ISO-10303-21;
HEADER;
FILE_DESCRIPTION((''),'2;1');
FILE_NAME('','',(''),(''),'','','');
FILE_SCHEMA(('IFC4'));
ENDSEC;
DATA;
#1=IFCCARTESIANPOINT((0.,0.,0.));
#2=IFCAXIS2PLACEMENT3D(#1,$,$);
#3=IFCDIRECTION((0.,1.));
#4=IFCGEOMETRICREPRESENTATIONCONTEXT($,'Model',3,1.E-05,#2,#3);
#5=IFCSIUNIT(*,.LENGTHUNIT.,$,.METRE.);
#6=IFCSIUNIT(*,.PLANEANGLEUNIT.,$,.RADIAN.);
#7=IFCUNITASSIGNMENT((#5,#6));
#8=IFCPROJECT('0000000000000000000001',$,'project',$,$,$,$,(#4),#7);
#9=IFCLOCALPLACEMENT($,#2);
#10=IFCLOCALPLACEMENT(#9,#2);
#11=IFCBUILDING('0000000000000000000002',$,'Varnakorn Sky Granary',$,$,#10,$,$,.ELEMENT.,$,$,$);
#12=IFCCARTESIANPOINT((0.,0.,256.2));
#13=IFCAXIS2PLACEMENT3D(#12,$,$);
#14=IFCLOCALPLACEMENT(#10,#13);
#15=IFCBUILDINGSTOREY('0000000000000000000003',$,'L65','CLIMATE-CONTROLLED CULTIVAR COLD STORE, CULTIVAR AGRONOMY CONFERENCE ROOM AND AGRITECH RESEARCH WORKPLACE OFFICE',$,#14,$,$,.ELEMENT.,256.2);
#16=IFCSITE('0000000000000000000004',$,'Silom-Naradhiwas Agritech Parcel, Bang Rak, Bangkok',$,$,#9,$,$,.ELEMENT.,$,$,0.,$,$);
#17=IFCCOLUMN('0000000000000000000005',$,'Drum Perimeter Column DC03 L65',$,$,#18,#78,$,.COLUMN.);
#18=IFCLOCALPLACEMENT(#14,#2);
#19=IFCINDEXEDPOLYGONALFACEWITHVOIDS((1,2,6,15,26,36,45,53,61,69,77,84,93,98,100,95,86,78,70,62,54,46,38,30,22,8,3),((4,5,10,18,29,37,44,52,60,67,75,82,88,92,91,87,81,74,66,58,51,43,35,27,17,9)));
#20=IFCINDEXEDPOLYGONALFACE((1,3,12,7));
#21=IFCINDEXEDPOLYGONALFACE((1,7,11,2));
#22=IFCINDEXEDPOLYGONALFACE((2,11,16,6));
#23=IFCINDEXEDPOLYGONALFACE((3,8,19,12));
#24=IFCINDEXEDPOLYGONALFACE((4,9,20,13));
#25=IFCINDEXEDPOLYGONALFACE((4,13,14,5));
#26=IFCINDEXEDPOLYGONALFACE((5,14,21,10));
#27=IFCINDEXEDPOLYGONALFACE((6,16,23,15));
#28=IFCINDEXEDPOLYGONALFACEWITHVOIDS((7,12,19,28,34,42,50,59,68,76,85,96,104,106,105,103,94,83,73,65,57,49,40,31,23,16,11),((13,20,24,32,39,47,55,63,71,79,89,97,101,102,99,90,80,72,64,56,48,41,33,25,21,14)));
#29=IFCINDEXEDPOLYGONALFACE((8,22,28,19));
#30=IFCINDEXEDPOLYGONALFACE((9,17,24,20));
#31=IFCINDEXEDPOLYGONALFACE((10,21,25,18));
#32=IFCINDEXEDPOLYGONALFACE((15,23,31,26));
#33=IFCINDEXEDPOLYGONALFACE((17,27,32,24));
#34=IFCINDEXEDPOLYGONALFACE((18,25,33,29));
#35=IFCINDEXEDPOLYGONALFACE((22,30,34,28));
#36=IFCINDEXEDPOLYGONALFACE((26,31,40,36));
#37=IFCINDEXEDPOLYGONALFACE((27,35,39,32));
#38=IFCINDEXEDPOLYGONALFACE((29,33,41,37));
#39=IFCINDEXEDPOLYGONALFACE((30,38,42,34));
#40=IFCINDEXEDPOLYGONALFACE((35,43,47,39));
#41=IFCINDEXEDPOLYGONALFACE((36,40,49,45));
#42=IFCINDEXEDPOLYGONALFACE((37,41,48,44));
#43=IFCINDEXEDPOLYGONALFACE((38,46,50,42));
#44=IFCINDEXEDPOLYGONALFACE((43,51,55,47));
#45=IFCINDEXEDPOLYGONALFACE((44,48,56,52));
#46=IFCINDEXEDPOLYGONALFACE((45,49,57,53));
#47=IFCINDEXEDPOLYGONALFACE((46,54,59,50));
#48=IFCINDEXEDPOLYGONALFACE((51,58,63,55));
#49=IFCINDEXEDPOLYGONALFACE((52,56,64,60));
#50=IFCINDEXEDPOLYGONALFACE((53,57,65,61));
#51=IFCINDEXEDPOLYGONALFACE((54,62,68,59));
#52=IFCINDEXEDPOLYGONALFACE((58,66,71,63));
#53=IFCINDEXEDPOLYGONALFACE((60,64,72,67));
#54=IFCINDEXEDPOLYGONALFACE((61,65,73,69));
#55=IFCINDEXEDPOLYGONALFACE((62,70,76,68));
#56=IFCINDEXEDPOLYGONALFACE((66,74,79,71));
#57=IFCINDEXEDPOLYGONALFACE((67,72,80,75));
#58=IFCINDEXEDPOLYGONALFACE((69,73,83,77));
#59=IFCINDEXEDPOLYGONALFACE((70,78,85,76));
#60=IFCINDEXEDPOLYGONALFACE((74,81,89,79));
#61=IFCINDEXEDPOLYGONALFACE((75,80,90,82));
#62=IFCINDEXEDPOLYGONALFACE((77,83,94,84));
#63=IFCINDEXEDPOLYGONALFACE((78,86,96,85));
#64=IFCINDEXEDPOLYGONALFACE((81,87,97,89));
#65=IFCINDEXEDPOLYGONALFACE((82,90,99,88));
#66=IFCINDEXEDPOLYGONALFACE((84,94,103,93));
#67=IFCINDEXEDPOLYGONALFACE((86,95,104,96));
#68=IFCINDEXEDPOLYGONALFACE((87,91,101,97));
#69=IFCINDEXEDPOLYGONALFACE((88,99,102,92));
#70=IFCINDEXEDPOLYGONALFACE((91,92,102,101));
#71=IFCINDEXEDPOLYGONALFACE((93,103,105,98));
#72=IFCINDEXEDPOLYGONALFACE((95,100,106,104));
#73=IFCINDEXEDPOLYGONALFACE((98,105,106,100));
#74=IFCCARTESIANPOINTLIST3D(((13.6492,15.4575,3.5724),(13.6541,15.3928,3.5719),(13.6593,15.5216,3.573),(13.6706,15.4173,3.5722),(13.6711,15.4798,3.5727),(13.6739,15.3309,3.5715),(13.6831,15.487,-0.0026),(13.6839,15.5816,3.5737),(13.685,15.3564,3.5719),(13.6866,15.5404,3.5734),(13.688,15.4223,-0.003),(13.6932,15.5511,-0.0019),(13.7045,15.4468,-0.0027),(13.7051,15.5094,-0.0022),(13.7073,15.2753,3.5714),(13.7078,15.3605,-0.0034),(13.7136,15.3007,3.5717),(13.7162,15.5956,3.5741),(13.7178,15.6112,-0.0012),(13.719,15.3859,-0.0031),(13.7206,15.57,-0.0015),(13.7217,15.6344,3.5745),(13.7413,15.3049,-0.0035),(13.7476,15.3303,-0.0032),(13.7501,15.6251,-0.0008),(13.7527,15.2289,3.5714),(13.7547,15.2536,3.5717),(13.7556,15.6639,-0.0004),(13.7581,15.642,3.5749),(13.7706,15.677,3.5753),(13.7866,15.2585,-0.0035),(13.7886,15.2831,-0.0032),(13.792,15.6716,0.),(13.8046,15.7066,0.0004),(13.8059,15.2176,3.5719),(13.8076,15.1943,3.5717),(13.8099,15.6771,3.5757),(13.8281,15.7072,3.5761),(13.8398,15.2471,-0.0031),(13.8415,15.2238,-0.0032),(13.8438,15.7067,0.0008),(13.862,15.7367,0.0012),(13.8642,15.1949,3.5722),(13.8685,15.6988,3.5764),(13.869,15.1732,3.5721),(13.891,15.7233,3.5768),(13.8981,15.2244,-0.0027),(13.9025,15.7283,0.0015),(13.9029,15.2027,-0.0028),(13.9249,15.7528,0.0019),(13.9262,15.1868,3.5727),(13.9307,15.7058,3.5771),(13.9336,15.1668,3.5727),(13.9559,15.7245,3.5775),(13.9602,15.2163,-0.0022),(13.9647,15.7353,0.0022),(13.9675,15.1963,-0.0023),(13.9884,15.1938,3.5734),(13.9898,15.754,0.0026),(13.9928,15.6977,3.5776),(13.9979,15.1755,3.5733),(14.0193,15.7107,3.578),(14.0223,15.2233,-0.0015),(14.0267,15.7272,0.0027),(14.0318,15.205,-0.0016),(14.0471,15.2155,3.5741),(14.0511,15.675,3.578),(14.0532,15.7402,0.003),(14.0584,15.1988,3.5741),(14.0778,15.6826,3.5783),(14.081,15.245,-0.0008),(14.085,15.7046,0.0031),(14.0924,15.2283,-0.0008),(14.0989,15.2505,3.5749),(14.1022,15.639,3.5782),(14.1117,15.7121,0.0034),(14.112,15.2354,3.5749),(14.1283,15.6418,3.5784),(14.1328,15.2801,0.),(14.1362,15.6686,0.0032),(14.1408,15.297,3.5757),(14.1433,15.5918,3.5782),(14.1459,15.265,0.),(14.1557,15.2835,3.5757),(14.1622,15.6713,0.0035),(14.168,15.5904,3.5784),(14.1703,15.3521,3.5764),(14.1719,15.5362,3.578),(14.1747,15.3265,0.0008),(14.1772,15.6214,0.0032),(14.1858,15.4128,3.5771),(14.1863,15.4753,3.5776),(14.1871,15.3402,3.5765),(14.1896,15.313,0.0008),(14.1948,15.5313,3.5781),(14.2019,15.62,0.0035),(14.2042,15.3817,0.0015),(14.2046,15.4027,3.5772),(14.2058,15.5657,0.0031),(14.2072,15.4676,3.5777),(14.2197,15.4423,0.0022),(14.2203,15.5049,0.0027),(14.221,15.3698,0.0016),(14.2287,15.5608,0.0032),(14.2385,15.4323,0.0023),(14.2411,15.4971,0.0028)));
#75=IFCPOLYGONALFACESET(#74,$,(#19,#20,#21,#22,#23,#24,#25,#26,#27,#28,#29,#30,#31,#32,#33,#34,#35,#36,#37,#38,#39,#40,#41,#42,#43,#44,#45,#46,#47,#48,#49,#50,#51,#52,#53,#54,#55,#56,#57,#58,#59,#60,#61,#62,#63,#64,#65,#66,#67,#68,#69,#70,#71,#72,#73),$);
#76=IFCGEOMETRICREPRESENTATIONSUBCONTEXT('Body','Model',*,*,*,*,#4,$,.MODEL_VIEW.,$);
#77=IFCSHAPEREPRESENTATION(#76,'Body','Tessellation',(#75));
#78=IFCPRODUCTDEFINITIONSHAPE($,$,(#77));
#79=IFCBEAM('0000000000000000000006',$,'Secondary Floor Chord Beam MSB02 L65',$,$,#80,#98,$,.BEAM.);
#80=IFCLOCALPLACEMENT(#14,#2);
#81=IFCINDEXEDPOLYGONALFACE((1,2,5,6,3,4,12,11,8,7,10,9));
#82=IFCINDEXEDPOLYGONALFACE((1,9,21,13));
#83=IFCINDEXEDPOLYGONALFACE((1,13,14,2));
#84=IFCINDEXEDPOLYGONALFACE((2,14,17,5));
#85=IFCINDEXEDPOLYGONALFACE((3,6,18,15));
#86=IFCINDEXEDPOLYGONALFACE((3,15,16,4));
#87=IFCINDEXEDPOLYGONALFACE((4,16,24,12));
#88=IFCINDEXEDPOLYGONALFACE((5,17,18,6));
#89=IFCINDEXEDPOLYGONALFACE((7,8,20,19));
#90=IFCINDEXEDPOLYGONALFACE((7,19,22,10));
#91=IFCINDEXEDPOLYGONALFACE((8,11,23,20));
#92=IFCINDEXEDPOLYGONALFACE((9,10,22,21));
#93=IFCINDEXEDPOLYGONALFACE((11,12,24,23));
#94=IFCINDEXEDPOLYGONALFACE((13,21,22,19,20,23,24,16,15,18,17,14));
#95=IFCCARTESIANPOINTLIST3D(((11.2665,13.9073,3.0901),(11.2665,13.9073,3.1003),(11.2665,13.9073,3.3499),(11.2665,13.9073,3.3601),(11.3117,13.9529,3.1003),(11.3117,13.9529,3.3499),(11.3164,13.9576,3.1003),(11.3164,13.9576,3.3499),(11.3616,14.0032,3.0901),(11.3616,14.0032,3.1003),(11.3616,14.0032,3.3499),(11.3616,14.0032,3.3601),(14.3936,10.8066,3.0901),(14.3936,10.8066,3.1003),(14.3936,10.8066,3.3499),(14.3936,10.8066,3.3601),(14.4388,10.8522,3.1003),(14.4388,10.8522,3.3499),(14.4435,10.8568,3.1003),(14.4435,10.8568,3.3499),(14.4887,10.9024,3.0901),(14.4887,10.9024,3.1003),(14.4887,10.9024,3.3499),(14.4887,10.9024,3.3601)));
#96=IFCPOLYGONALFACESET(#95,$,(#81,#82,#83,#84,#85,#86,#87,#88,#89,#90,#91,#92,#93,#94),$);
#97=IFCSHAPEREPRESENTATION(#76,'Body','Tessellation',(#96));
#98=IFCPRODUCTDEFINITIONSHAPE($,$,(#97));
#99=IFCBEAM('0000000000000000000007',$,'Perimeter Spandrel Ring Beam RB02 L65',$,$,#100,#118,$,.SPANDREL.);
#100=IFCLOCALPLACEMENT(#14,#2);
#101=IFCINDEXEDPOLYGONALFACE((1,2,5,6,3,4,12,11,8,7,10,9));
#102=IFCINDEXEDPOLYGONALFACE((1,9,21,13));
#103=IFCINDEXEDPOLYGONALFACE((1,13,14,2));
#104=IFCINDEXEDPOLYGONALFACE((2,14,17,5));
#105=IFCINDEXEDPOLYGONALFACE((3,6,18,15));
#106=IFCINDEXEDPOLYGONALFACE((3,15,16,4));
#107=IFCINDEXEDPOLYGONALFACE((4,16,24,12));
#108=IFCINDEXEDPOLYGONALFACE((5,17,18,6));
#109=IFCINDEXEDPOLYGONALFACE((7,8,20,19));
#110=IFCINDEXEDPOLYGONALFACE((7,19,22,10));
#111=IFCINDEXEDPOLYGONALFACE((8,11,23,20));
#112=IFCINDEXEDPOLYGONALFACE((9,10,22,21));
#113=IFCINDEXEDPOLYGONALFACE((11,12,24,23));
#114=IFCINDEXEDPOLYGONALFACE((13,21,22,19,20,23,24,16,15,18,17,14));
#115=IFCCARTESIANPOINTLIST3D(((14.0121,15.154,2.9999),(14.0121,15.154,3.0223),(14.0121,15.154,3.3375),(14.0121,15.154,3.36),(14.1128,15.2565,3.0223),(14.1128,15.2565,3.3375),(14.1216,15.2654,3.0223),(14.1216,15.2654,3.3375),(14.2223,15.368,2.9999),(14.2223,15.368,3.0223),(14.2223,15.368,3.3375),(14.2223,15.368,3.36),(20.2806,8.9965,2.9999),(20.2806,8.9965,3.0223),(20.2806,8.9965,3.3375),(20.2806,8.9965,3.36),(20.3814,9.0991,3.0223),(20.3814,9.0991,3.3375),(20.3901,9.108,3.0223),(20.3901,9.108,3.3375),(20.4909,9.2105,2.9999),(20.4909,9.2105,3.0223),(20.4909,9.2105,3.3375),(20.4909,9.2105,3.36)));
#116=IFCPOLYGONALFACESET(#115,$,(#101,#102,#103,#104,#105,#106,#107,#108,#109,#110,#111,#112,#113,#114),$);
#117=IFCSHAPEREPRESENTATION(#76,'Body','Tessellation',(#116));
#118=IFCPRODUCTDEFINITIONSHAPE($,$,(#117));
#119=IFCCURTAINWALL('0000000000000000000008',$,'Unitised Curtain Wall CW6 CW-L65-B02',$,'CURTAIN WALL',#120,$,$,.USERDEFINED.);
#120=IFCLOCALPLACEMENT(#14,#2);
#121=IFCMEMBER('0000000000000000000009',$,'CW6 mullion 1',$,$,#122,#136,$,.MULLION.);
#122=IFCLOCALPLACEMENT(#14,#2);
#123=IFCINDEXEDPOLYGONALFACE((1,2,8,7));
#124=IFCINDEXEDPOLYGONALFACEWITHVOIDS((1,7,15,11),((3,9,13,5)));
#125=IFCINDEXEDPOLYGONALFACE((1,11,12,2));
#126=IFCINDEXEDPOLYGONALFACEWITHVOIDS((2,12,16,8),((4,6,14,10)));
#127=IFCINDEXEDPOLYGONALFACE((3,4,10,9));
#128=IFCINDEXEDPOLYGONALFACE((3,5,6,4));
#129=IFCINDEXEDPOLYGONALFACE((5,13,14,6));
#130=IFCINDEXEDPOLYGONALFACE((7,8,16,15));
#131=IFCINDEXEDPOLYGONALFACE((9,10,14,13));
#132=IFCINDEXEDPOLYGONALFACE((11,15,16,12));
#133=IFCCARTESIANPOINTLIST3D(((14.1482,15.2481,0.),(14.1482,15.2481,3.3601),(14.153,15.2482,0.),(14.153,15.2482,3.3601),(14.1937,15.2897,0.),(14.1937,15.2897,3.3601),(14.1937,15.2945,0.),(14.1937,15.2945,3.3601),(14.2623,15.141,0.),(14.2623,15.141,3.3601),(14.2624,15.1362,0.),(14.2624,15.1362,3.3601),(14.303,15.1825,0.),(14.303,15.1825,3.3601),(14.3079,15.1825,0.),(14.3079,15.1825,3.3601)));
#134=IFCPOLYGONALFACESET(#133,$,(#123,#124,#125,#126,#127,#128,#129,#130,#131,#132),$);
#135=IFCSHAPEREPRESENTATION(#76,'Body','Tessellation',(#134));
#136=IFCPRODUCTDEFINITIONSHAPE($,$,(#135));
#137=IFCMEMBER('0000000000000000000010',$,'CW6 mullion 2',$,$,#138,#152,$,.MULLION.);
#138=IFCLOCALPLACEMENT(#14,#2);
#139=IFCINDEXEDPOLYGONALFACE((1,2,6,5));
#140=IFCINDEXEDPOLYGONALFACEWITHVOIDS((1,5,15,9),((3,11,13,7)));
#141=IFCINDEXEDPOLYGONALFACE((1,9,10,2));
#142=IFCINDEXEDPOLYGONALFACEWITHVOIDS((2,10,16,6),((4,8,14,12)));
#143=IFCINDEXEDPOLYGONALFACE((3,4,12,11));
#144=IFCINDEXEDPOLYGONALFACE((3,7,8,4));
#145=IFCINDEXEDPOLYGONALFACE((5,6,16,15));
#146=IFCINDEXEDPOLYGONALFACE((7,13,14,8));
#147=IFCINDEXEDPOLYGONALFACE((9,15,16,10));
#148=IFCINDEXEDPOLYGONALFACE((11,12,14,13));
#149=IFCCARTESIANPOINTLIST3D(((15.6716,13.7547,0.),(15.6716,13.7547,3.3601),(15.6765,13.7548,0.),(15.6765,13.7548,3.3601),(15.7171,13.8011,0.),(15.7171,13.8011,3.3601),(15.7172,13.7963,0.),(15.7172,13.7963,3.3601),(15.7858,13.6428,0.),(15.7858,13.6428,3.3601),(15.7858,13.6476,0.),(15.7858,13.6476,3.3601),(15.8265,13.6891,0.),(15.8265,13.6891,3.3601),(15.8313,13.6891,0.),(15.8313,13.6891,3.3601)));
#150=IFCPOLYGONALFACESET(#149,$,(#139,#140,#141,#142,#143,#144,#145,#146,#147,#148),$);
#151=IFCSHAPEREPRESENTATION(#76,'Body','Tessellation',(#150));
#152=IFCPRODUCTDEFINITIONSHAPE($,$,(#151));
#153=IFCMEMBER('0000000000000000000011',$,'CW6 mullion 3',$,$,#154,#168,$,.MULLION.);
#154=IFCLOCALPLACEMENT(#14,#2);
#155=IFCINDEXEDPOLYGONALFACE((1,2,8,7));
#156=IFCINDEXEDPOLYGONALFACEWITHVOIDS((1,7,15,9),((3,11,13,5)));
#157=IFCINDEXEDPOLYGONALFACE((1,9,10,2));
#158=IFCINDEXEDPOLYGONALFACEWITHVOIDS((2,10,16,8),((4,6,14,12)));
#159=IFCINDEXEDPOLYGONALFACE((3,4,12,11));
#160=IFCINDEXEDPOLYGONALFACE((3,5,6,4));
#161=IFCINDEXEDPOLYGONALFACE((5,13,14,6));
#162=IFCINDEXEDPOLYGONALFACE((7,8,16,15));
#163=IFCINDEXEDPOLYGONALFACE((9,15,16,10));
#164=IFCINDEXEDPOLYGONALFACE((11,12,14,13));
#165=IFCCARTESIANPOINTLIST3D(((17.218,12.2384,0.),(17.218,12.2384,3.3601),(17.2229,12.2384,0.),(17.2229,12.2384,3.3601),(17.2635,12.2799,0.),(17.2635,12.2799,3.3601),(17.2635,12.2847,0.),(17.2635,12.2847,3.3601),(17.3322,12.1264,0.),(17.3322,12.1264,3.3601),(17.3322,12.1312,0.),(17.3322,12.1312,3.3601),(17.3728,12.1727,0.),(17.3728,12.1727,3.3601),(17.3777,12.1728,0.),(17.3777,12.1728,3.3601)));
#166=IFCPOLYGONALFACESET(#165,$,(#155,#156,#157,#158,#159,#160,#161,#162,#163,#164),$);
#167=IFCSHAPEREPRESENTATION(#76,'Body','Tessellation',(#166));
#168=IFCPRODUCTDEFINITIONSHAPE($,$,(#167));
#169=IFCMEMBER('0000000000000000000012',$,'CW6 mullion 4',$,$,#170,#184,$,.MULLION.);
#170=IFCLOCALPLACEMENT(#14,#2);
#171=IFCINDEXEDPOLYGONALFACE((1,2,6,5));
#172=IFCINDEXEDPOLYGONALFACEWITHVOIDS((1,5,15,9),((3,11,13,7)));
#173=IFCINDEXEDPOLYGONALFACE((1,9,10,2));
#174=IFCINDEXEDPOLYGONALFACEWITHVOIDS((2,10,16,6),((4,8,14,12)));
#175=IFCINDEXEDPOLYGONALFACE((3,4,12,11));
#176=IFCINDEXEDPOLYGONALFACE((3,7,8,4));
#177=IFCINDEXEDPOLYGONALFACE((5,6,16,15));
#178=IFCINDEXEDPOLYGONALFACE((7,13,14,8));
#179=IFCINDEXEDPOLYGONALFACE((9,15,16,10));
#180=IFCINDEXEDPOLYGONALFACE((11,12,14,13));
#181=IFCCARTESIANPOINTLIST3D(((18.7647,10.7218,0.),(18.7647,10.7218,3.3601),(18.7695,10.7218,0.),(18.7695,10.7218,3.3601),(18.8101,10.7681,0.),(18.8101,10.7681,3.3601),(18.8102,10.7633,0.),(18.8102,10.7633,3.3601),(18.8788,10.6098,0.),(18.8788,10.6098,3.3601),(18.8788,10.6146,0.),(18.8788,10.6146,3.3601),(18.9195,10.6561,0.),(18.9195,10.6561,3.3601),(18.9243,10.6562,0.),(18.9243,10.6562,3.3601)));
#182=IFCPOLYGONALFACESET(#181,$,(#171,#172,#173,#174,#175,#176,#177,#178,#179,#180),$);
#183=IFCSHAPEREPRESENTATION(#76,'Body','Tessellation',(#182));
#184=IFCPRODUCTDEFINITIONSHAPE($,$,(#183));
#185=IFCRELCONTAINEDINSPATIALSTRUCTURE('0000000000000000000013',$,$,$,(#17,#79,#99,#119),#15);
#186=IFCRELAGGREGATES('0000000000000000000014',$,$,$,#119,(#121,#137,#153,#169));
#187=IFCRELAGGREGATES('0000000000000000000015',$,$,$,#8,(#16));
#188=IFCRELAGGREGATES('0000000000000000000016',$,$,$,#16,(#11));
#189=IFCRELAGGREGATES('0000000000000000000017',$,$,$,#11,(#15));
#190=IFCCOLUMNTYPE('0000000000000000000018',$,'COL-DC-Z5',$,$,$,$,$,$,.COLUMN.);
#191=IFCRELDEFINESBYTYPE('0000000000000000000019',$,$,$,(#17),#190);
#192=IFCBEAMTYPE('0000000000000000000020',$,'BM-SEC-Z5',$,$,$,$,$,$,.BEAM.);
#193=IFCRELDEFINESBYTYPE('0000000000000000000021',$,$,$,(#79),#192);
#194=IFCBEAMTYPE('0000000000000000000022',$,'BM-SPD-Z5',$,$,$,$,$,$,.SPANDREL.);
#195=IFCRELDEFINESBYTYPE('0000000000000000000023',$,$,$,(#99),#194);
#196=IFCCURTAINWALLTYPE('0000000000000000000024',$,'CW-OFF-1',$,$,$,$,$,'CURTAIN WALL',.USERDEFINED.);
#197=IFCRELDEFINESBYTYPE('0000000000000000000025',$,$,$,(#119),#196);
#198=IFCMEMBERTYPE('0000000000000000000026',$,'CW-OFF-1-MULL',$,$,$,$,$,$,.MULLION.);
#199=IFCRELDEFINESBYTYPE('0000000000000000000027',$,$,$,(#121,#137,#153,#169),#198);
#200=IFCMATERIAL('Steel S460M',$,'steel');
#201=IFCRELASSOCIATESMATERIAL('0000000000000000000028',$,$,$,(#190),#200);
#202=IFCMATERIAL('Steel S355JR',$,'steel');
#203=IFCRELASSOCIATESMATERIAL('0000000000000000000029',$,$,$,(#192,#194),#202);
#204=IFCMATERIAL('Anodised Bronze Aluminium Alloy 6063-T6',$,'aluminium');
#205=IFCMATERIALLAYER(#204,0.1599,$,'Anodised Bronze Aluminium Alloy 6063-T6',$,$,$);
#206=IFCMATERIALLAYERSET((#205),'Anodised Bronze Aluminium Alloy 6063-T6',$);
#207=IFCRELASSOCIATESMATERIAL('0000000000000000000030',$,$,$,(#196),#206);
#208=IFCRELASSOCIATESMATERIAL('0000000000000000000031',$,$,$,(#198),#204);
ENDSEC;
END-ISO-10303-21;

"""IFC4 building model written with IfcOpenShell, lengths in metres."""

from ifc_helpers import new_model, si_unit, direction, frame, origin, origin_2d, place, context, subcontext, project, spatial, hollow_rectangle, hollow_circle, i_section, extrude, material, layer, layer_set, material_profile, profile_set, type_object, element, aggregate, save


model = new_model("IFC4")

# Units and contexts
model_context = context("Model", 3, precision=1e-05, world=origin(), true_north=direction((0.0, 1.0)))
body_context = subcontext(model_context, "Body", "Model", "MODEL_VIEW")
ifc_project = project(units=[si_unit("LENGTHUNIT", "METRE"), si_unit("PLANEANGLEUNIT", "RADIAN")], contexts=[model_context])

# Site, building, storey
site_placement = place(None, origin())
site = spatial("IfcSite", under=ifc_project, at=site_placement, Name="Silom-Naradhiwas Agritech Parcel, Bang Rak, Bangkok", CompositionType="ELEMENT", RefElevation=0.0)
building_placement = place(site_placement, origin())
building = spatial("IfcBuilding", under=site, at=building_placement, Name="Varnakorn Sky Granary", CompositionType="ELEMENT")
storey_placement = place(building_placement, frame((0.0, 0.0, 256.2)))
storey = spatial("IfcBuildingStorey", under=building, at=storey_placement, Name="L65", Description="CLIMATE-CONTROLLED CULTIVAR COLD STORE, CULTIVAR AGRONOMY CONFERENCE ROOM AND AGRITECH RESEARCH WORKPLACE OFFICE", CompositionType="ELEMENT", Elevation=256.2)

# Column
ifc_material_1 = material(Name="Steel S460M", Category="steel")
ifc_material_profile_1 = material_profile(ifc_material_1, hollow_circle(Radius=0.2795, WallThickness=0.02, at=origin_2d()), Name="CHS 559x20")
ifc_profile_set_1 = profile_set([ifc_material_profile_1], Name="Steel S460M")
column_type = type_object("IfcColumnType", Name="COL-DC-Z5", PredefinedType="COLUMN", material=ifc_profile_set_1)
column_placement = place(storey_placement, frame((13.9624, 15.4758, 0.0), z_axis=(-0.009492, -0.008263, 0.999921), x_axis=(0.656582, -0.754255, 0.0)))
element("IfcColumn", 1, at=column_placement, inside=storey, type_object=column_type, Name="Drum Perimeter Column DC03 L65", PredefinedType="COLUMN", context=body_context, shape_type="SweptSolid", body=[
    extrude(hollow_circle(Radius=0.2795, WallThickness=0.02, at=origin_2d()), origin(), (0.0, 0.0, 1.0), 3.5752),
])

# Beams
ifc_material_2 = material(Name="Steel S355JR", Category="steel")
ifc_material_profile_2 = material_profile(ifc_material_2, i_section(OverallWidth=0.135, OverallDepth=0.27, WebThickness=0.0066, FlangeThickness=0.0103, at=origin_2d()), Name="IPE 270")
ifc_profile_set_2 = profile_set([ifc_material_profile_2], Name="Steel S355JR")
beam_type_1 = type_object("IfcBeamType", Name="BM-SEC-Z5", PredefinedType="BEAM", material=ifc_profile_set_2)
beam_1_placement = place(storey_placement, frame((14.4412, 10.8545, 3.2251), z_axis=(-0.710094, 0.704107, 0.0), x_axis=(-0.704107, -0.710094, 0.0)))
element("IfcBeam", 2, at=beam_1_placement, inside=storey, type_object=beam_type_1, Name="Secondary Floor Chord Beam MSB02 L65", PredefinedType="BEAM", context=body_context, shape_type="SweptSolid", body=[
    extrude(i_section(OverallWidth=0.135, OverallDepth=0.27, WebThickness=0.0066, FlangeThickness=0.0103, at=origin_2d()), origin(), (0.0, 0.0, 1.0), 4.4038),
])
ifc_material_profile_3 = material_profile(ifc_material_2, i_section(OverallWidth=0.3, OverallDepth=0.3601, WebThickness=0.0125, FlangeThickness=0.0225, at=origin_2d()), Name="HE 360 B")
ifc_profile_set_3 = profile_set([ifc_material_profile_3], Name="Steel S355JR")
beam_type_2 = type_object("IfcBeamType", Name="BM-SPD-Z5", PredefinedType="SPANDREL", material=ifc_profile_set_3)
beam_2_placement = place(storey_placement, frame((20.3857, 9.1035, 3.1799), z_axis=(-0.7134, 0.700758, 0.0), x_axis=(-0.700758, -0.7134, 0.0)))
element("IfcBeam", 3, at=beam_2_placement, inside=storey, type_object=beam_type_2, Name="Perimeter Spandrel Ring Beam RB02 L65", PredefinedType="SPANDREL", context=body_context, shape_type="SweptSolid", body=[
    extrude(i_section(OverallWidth=0.3, OverallDepth=0.3601, WebThickness=0.0125, FlangeThickness=0.0225, at=origin_2d()), origin(), (0.0, 0.0, 1.0), 8.7869),
])

# Curtain wall, members
ifc_material_3 = material(Name="Anodised Bronze Aluminium Alloy 6063-T6", Category="aluminium")
ifc_layer_1 = layer(ifc_material_3, 0.1599, Name="Anodised Bronze Aluminium Alloy 6063-T6")
ifc_layer_set_1 = layer_set([ifc_layer_1], Name="Anodised Bronze Aluminium Alloy 6063-T6")
curtain_wall_type = type_object("IfcCurtainWallType", Name="CW-OFF-1", ElementType="CURTAIN WALL", PredefinedType="USERDEFINED", material=ifc_layer_set_1)
curtain_wall_placement = place(storey_placement, origin())
curtain_wall = element("IfcCurtainWall", 4, at=curtain_wall_placement, inside=storey, type_object=curtain_wall_type, Name="Unitised Curtain Wall CW6 CW-L65-B02", ObjectType="CURTAIN WALL", PredefinedType="USERDEFINED")
ifc_material_profile_4 = material_profile(ifc_material_3, hollow_rectangle(XDim=0.0649, YDim=0.1599, WallThickness=0.0034, at=origin_2d()), Name="ALU MULL 65x160")
ifc_profile_set_4 = profile_set([ifc_material_profile_4], Name="Anodised Bronze Aluminium Alloy 6063-T6")
member_type_1 = type_object("IfcMemberType", Name="CW-OFF-1-MULL", PredefinedType="MULLION", material=ifc_profile_set_4)
member_1_placement = place(storey_placement, frame((14.228, 15.2153, 0.0), z_axis=(0.0, 0.0, 1.0), x_axis=(0.700118, 0.714027, 0.0)))
member_1 = element("IfcMember", 5, at=member_1_placement, type_object=member_type_1, Name="CW6 mullion 1", PredefinedType="MULLION", context=body_context, shape_type="SweptSolid", body=[
    extrude(hollow_rectangle(XDim=0.0649, YDim=0.1599, WallThickness=0.0034, at=origin_2d()), origin(), (0.0, 0.0, 1.0), 3.3601),
])
member_2_placement = place(storey_placement, frame((15.7515, 13.7219, 0.0), z_axis=(0.0, 0.0, 1.0), x_axis=(0.700118, 0.714027, 0.0)))
member_2 = element("IfcMember", 6, at=member_2_placement, type_object=member_type_1, Name="CW6 mullion 2", PredefinedType="MULLION", context=body_context, shape_type="SweptSolid", body=[
    extrude(hollow_rectangle(XDim=0.0649, YDim=0.1599, WallThickness=0.0034, at=origin_2d()), origin(), (0.0, 0.0, 1.0), 3.3601),
])
member_3_placement = place(storey_placement, frame((17.2979, 12.2056, 0.0), z_axis=(0.0, 0.0, 1.0), x_axis=(0.700118, 0.714027, 0.0)))
member_3 = element("IfcMember", 7, at=member_3_placement, type_object=member_type_1, Name="CW6 mullion 3", PredefinedType="MULLION", context=body_context, shape_type="SweptSolid", body=[
    extrude(hollow_rectangle(XDim=0.0649, YDim=0.1599, WallThickness=0.0034, at=origin_2d()), origin(), (0.0, 0.0, 1.0), 3.3601),
])
member_4_placement = place(storey_placement, frame((18.8445, 10.689, 0.0), z_axis=(0.0, 0.0, 1.0), x_axis=(0.700118, 0.714027, 0.0)))
member_4 = element("IfcMember", 8, at=member_4_placement, type_object=member_type_1, Name="CW6 mullion 4", PredefinedType="MULLION", context=body_context, shape_type="SweptSolid", body=[
    extrude(hollow_rectangle(XDim=0.0649, YDim=0.1599, WallThickness=0.0034, at=origin_2d()), origin(), (0.0, 0.0, 1.0), 3.3601),
])

aggregate(curtain_wall, [member_1, member_2, member_3, member_4])

save(model, "model.ifc")
